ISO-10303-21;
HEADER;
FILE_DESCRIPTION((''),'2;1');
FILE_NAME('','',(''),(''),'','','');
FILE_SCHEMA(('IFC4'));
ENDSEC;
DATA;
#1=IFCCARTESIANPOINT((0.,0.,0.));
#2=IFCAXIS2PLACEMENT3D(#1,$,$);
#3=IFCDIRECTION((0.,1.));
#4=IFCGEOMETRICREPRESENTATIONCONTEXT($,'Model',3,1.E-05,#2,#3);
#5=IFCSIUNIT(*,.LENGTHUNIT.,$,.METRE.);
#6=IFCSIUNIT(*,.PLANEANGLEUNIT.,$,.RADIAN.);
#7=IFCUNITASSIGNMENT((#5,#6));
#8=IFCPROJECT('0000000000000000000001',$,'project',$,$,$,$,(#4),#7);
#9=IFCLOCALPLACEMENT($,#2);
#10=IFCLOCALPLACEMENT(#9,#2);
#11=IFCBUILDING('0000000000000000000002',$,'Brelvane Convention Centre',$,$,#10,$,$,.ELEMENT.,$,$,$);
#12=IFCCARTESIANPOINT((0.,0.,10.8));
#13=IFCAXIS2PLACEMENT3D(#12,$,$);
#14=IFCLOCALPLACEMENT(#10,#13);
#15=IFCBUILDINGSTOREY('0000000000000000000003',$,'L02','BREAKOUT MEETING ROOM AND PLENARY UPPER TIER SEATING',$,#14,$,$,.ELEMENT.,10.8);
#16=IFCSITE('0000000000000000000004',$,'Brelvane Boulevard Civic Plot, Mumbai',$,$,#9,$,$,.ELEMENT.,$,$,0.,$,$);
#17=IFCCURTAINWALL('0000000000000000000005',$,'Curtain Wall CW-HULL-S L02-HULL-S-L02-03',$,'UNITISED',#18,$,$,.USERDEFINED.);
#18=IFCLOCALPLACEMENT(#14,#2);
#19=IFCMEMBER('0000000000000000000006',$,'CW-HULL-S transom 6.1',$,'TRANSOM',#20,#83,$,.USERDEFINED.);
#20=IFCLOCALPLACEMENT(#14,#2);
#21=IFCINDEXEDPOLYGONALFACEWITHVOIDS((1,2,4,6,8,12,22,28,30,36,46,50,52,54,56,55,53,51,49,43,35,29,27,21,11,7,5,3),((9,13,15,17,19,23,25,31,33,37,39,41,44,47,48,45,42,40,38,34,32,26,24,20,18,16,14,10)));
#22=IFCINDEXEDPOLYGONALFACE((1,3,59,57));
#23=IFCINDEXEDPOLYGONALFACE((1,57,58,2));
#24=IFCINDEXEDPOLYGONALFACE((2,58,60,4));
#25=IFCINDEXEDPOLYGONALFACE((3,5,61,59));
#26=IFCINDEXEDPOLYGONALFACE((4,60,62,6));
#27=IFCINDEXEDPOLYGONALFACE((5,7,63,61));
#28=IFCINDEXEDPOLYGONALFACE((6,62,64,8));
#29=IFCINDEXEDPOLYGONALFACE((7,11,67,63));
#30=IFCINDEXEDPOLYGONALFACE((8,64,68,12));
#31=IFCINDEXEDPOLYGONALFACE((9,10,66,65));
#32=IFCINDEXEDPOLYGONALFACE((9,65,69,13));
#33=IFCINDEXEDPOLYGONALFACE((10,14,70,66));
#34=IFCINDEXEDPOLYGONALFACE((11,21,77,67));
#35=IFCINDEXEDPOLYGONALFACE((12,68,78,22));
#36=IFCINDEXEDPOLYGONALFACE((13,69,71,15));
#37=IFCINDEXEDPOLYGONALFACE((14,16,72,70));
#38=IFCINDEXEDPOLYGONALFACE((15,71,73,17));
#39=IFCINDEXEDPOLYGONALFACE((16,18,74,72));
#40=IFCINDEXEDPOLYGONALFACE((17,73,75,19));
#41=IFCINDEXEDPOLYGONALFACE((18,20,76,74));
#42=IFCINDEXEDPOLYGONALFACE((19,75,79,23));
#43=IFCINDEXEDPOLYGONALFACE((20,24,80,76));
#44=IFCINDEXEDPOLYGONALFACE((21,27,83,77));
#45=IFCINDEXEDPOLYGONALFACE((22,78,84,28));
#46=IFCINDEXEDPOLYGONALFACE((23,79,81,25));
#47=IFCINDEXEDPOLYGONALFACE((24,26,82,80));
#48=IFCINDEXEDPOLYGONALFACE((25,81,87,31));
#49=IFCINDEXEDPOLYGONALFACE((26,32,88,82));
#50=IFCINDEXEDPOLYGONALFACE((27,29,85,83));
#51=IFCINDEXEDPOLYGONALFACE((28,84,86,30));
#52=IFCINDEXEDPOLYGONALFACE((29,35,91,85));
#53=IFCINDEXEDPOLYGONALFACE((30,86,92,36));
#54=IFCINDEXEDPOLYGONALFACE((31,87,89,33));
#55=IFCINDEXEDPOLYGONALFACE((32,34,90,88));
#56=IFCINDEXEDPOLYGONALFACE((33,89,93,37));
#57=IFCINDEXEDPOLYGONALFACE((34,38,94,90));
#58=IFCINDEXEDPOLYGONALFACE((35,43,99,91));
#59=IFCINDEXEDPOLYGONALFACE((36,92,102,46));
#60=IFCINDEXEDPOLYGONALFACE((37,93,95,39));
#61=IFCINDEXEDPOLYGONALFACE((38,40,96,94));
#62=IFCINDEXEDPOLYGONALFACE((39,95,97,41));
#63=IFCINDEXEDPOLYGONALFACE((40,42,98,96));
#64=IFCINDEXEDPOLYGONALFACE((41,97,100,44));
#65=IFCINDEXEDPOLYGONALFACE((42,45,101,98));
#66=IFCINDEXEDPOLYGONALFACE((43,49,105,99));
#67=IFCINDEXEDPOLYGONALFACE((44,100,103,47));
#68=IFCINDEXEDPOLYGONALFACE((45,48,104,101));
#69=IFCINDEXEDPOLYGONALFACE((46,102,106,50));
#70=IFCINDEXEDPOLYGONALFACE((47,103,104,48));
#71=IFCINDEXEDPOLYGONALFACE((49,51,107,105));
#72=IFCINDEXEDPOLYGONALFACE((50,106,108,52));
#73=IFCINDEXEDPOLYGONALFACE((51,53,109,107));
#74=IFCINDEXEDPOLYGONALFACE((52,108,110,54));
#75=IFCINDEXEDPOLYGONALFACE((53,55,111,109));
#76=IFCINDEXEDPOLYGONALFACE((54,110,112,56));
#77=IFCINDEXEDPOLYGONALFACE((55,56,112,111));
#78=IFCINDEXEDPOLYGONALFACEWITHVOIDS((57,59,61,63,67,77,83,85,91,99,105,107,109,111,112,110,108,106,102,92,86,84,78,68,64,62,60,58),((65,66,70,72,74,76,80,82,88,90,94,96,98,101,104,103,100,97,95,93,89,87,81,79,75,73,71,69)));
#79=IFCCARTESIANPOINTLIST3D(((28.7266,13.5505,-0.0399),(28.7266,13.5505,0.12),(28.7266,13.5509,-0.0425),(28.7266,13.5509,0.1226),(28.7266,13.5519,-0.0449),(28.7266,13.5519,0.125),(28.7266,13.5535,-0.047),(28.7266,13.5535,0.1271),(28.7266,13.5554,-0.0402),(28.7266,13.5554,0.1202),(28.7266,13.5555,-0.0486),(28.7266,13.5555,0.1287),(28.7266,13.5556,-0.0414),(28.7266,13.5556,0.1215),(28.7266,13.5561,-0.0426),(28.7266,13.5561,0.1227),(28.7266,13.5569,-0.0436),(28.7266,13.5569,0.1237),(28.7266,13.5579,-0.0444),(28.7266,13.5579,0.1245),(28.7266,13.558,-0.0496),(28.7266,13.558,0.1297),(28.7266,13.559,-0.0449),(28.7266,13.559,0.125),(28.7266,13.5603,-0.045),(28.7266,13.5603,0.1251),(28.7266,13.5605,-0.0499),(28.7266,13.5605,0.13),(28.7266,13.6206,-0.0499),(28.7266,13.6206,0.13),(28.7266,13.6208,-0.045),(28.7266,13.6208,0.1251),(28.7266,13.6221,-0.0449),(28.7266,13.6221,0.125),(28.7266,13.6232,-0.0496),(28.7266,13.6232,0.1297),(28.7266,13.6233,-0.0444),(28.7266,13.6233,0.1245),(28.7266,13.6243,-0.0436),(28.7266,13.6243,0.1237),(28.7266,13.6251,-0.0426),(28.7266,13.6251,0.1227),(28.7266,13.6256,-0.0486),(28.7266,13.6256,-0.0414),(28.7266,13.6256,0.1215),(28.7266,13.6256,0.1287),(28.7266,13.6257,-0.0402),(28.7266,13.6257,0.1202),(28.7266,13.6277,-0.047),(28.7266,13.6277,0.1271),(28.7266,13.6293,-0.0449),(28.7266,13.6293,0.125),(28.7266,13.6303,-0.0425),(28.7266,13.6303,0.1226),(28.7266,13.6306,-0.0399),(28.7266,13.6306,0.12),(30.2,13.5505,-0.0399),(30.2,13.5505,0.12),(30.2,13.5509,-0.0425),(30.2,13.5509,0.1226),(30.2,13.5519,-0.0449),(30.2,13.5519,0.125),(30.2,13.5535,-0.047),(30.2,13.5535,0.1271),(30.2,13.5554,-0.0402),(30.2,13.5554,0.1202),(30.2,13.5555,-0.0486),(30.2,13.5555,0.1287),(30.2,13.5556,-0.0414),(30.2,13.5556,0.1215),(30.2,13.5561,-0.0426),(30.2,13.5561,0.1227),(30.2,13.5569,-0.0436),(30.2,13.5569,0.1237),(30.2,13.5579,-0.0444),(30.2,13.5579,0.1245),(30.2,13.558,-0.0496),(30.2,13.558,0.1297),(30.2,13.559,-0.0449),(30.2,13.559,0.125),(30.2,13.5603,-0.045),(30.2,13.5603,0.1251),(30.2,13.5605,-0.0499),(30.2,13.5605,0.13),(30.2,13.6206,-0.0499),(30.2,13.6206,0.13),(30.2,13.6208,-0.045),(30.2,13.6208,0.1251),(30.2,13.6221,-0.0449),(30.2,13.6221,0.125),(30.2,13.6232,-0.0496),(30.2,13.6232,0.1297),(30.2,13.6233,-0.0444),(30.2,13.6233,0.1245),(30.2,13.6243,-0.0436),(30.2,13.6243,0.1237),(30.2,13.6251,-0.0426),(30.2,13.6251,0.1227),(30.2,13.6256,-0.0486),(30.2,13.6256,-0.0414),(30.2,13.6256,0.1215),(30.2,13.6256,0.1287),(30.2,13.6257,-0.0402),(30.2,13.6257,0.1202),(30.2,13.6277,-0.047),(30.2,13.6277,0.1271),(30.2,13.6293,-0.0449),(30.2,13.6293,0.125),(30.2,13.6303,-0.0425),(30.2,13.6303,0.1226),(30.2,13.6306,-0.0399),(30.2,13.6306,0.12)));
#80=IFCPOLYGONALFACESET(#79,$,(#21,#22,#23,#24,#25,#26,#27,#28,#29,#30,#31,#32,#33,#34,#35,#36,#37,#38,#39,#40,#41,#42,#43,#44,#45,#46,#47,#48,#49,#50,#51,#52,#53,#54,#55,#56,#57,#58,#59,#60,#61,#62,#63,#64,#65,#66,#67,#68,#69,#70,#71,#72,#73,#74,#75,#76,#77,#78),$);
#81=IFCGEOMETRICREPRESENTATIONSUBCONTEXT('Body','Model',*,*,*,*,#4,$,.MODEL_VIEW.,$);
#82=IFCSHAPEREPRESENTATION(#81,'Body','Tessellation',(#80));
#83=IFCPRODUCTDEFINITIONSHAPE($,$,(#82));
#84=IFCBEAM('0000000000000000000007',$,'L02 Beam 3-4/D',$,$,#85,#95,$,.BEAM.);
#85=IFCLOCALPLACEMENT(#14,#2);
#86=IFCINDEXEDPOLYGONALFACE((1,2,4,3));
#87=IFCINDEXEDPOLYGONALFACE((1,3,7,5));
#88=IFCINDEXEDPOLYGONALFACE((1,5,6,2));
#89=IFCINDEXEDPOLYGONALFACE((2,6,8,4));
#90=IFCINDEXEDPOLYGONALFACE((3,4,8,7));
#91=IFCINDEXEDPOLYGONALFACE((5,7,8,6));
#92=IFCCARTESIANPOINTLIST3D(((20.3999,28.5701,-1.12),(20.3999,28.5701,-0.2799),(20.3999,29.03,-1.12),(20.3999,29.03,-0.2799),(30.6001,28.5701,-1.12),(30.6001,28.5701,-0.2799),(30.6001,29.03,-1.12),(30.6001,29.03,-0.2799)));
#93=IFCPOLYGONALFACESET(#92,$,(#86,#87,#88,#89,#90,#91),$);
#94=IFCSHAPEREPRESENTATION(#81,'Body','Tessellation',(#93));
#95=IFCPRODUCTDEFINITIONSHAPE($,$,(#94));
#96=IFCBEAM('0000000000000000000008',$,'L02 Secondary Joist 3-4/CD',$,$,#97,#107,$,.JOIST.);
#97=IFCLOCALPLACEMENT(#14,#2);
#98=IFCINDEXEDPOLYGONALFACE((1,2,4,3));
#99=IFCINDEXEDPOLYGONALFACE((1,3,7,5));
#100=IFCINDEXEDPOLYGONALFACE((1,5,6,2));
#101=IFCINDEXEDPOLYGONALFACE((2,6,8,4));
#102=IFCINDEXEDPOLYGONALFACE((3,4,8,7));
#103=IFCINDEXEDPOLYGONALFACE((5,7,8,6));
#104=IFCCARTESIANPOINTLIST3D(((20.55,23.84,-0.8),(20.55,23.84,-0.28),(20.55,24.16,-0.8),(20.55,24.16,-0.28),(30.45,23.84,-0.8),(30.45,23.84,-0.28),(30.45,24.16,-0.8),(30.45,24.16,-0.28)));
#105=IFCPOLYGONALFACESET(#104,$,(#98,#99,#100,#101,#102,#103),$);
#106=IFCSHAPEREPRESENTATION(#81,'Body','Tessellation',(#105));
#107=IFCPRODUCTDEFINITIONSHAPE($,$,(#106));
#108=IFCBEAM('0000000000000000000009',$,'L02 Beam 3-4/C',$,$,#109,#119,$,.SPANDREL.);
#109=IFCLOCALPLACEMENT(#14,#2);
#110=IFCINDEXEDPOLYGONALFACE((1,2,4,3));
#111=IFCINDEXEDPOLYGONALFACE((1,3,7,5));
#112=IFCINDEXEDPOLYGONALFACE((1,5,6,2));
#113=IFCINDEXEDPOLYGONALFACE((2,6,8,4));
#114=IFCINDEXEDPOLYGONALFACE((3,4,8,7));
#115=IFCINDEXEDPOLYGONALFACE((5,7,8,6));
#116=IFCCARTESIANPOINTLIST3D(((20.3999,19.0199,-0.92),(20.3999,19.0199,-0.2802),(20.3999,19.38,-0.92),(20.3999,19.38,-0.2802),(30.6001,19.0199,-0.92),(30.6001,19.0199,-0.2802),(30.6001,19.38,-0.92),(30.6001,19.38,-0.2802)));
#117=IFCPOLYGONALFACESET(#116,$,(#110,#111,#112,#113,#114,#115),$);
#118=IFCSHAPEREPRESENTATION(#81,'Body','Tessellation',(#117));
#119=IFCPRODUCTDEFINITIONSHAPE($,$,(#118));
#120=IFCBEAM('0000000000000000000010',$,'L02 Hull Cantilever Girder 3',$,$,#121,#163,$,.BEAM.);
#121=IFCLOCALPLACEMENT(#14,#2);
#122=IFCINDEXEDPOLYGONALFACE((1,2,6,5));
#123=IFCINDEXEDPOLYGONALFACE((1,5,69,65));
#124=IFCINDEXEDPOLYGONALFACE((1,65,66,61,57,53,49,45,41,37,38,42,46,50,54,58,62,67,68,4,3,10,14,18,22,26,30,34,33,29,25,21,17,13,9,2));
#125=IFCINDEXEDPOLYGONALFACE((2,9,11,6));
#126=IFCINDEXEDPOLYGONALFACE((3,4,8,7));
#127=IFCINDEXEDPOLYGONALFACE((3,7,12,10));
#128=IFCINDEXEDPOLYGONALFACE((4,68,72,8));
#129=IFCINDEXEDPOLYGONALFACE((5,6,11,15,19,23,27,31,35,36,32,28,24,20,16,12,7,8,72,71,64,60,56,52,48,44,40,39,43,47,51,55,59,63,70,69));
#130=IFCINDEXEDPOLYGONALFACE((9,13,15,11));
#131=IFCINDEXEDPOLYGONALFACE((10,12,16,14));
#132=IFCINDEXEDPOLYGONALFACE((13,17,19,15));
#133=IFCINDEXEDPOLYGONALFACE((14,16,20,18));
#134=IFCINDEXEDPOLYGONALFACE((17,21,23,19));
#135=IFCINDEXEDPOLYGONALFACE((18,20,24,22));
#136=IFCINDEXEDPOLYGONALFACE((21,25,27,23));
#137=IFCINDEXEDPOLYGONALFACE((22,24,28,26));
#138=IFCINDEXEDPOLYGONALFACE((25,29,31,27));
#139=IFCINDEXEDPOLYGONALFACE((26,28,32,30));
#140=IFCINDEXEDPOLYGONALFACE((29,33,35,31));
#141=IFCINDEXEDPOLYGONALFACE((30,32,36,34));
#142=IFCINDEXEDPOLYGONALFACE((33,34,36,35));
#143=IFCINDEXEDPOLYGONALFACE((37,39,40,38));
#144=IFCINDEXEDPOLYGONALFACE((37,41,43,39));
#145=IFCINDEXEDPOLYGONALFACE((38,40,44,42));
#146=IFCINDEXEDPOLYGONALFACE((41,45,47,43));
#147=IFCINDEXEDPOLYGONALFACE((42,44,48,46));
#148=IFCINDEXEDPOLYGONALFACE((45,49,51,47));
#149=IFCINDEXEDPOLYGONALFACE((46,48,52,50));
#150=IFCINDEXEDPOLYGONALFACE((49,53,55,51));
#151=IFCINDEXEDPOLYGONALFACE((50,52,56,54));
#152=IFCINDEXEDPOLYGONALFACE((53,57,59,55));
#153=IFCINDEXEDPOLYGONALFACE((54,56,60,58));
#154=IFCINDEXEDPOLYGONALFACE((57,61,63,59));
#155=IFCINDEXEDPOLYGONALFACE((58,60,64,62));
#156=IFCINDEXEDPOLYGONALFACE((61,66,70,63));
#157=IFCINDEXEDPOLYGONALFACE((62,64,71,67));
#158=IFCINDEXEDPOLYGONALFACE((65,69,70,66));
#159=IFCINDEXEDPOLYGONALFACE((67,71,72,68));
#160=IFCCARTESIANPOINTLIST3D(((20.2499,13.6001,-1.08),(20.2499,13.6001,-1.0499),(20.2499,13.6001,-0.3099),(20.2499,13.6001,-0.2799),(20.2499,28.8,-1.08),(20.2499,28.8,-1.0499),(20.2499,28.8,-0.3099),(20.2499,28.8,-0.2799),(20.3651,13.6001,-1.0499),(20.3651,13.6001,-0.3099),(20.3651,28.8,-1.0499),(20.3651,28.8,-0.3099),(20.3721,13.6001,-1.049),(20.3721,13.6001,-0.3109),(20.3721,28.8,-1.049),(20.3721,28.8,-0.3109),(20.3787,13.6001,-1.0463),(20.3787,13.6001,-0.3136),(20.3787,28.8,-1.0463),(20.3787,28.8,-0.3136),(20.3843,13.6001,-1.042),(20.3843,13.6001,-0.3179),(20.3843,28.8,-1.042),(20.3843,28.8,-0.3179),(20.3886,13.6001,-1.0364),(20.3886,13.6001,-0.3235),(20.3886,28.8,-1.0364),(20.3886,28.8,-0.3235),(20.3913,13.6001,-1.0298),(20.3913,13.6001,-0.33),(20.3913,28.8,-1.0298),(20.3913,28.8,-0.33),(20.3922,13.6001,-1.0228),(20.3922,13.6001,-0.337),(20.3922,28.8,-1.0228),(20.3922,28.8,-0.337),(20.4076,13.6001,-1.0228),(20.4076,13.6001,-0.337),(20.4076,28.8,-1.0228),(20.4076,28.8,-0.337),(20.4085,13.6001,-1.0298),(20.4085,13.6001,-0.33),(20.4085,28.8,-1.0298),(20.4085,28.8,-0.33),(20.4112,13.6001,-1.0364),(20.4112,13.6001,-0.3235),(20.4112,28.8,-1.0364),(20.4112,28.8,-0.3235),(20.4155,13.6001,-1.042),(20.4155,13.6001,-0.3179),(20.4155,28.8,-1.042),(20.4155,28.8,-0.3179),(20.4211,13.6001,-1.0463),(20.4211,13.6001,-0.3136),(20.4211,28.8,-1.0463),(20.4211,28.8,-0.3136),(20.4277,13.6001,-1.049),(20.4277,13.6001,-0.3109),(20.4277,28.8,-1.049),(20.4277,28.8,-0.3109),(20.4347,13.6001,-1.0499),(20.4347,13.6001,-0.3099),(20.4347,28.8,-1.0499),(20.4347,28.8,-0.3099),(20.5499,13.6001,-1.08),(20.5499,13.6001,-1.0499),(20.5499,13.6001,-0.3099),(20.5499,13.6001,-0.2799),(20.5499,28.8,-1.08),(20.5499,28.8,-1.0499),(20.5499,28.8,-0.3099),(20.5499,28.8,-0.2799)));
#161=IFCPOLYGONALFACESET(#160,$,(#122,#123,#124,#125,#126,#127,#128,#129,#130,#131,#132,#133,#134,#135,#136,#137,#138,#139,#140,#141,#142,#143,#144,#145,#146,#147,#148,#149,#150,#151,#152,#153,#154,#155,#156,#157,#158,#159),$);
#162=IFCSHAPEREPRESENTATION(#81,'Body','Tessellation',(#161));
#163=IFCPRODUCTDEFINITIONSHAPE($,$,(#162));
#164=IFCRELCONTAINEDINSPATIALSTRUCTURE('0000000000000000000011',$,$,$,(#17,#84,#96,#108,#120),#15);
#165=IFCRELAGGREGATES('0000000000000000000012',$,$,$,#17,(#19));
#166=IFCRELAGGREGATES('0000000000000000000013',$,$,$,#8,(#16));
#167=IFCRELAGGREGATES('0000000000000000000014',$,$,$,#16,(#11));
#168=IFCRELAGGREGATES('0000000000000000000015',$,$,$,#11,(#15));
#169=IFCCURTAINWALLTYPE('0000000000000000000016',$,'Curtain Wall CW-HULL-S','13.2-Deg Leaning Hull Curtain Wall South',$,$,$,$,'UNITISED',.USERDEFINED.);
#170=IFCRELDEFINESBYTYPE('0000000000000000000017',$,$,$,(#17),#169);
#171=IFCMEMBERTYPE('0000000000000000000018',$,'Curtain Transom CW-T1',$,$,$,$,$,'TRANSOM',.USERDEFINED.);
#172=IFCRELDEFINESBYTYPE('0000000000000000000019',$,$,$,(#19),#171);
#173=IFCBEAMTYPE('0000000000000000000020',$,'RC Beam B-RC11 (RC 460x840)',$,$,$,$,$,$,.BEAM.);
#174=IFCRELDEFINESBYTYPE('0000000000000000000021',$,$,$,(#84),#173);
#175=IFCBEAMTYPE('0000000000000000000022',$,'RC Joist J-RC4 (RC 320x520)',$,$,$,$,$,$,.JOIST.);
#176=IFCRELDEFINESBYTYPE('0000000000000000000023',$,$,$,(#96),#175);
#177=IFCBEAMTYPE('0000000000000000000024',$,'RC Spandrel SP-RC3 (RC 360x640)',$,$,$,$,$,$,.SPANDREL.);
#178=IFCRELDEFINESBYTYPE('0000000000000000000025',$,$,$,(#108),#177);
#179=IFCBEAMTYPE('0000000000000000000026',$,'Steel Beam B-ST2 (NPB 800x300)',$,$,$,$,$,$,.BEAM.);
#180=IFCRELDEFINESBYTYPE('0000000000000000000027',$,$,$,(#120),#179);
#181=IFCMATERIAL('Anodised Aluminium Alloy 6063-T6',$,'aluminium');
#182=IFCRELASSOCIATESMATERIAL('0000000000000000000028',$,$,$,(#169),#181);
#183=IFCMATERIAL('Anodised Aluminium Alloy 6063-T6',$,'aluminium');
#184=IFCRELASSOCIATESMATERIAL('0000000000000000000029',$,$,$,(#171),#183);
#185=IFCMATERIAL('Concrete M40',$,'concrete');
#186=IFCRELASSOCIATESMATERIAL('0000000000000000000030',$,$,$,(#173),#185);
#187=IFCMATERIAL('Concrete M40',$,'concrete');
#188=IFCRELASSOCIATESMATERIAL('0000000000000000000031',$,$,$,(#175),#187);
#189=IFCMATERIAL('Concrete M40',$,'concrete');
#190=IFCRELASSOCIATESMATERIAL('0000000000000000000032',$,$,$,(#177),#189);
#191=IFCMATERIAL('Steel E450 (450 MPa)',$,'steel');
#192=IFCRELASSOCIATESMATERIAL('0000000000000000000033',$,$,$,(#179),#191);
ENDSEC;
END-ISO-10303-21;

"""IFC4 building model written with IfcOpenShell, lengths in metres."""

from ifc_helpers import new_model, si_unit, direction, frame, origin, origin_2d, place, context, subcontext, project, spatial, rectangle, hollow_rectangle, i_section, extrude, material, material_profile, profile_set, type_object, element, aggregate, save


model = new_model("IFC4")

# Units and contexts
model_context = context("Model", 3, precision=1e-05, world=origin(), true_north=direction((0.0, 1.0)))
body_context = subcontext(model_context, "Body", "Model", "MODEL_VIEW")
ifc_project = project(units=[si_unit("LENGTHUNIT", "METRE"), si_unit("PLANEANGLEUNIT", "RADIAN")], contexts=[model_context])

# Site, building, storey
site_placement = place(None, origin())
site = spatial("IfcSite", under=ifc_project, at=site_placement, Name="Brelvane Boulevard Civic Plot, Mumbai", CompositionType="ELEMENT", RefElevation=0.0)
building_placement = place(site_placement, origin())
building = spatial("IfcBuilding", under=site, at=building_placement, Name="Brelvane Convention Centre", CompositionType="ELEMENT")
storey_placement = place(building_placement, frame((0.0, 0.0, 10.8)))
storey = spatial("IfcBuildingStorey", under=building, at=storey_placement, Name="L02", Description="BREAKOUT MEETING ROOM AND PLENARY UPPER TIER SEATING", CompositionType="ELEMENT", Elevation=10.8)

# Shared definitions
ifc_material_1 = material(Name="Anodised Aluminium Alloy 6063-T6", Category="aluminium")
curtain_wall_type = type_object("IfcCurtainWallType", Name="Curtain Wall CW-HULL-S", Description="13.2-Deg Leaning Hull Curtain Wall South", ElementType="UNITISED", PredefinedType="USERDEFINED", material=ifc_material_1)

# Curtain wall
curtain_wall_1_placement = place(storey_placement, origin())
curtain_wall_1 = element("IfcCurtainWall", 1, at=curtain_wall_1_placement, inside=storey, type_object=curtain_wall_type, Name="Curtain Wall CW-HULL-S L02-HULL-S-L02-03", ObjectType="UNITISED", PredefinedType="USERDEFINED")

# Member
ifc_material_2 = material(Name="Anodised Aluminium Alloy 6063-T6", Category="aluminium")
ifc_material_profile_1 = material_profile(ifc_material_2, hollow_rectangle(XDim=0.0801, YDim=0.1799, WallThickness=0.0049, InnerFilletRadius=0.0049, OuterFilletRadius=0.01, at=origin_2d()), Name="ALU-T 180x80x5.0")
ifc_profile_set_1 = profile_set([ifc_material_profile_1], Name="Anodised Aluminium Alloy 6063-T6")
member_type_1 = type_object("IfcMemberType", Name="Curtain Transom CW-T1", ElementType="TRANSOM", PredefinedType="USERDEFINED", material=ifc_profile_set_1)
member_1_placement = place(storey_placement, frame((28.7266, 13.5906, 0.04), z_axis=(1.0, 0.0, 0.0), x_axis=(0.0, 1.0, 0.0)))
member_1 = element("IfcMember", 2, at=member_1_placement, type_object=member_type_1, Name="CW-HULL-S transom 6.1", ObjectType="TRANSOM", PredefinedType="USERDEFINED", context=body_context, shape_type="SweptSolid", body=[
    extrude(hollow_rectangle(XDim=0.0801, YDim=0.1799, WallThickness=0.0049, InnerFilletRadius=0.0049, OuterFilletRadius=0.01, at=origin_2d()), origin(), (0.0, 0.0, 1.0), 1.4734),
])

# Beams
ifc_material_3 = material(Name="Concrete M40", Category="concrete")
ifc_material_profile_2 = material_profile(ifc_material_3, rectangle(XDim=0.46, YDim=0.8401, at=origin_2d()), Name="RC 460x840")
ifc_profile_set_2 = profile_set([ifc_material_profile_2], Name="Concrete M40")
beam_type_1 = type_object("IfcBeamType", Name="RC Beam B-RC11 (RC 460x840)", PredefinedType="BEAM", material=ifc_profile_set_2)
beam_1_placement = place(storey_placement, frame((20.3999, 28.8, -0.7), z_axis=(1.0, 0.0, 0.0), x_axis=(0.0, 1.0, 0.0)))
element("IfcBeam", 3, at=beam_1_placement, inside=storey, type_object=beam_type_1, Name="L02 Beam 3-4/D", PredefinedType="BEAM", context=body_context, shape_type="SweptSolid", body=[
    extrude(rectangle(XDim=0.46, YDim=0.8401, at=origin_2d()), origin(), (0.0, 0.0, 1.0), 10.2002),
])
ifc_material_4 = material(Name="Concrete M40", Category="concrete")
ifc_material_profile_3 = material_profile(ifc_material_4, rectangle(XDim=0.3201, YDim=0.52, at=origin_2d()), Name="RC 320x520")
ifc_profile_set_3 = profile_set([ifc_material_profile_3], Name="Concrete M40")
beam_type_2 = type_object("IfcBeamType", Name="RC Joist J-RC4 (RC 320x520)", PredefinedType="JOIST", material=ifc_profile_set_3)
beam_2_placement = place(storey_placement, frame((20.55, 24.0, -0.54), z_axis=(1.0, 0.0, 0.0), x_axis=(0.0, 1.0, 0.0)))
element("IfcBeam", 4, at=beam_2_placement, inside=storey, type_object=beam_type_2, Name="L02 Secondary Joist 3-4/CD", PredefinedType="JOIST", context=body_context, shape_type="SweptSolid", body=[
    extrude(rectangle(XDim=0.3201, YDim=0.52, at=origin_2d()), origin(), (0.0, 0.0, 1.0), 9.8999),
])
ifc_material_5 = material(Name="Concrete M40", Category="concrete")
ifc_material_profile_4 = material_profile(ifc_material_5, rectangle(XDim=0.3601, YDim=0.6399, at=origin_2d()), Name="RC 360x640")
ifc_profile_set_4 = profile_set([ifc_material_profile_4], Name="Concrete M40")
beam_type_3 = type_object("IfcBeamType", Name="RC Spandrel SP-RC3 (RC 360x640)", PredefinedType="SPANDREL", material=ifc_profile_set_4)
beam_3_placement = place(storey_placement, frame((20.3999, 19.2, -0.6001), z_axis=(1.0, 0.0, 0.0), x_axis=(0.0, 1.0, 0.0)))
element("IfcBeam", 5, at=beam_3_placement, inside=storey, type_object=beam_type_3, Name="L02 Beam 3-4/C", PredefinedType="SPANDREL", context=body_context, shape_type="SweptSolid", body=[
    extrude(rectangle(XDim=0.3601, YDim=0.6399, at=origin_2d()), origin(), (0.0, 0.0, 1.0), 10.2002),
])
ifc_material_6 = material(Name="Steel E450 (450 MPa)", Category="steel")
ifc_material_profile_5 = material_profile(ifc_material_6, i_section(OverallWidth=0.3, OverallDepth=0.8, WebThickness=0.0154, FlangeThickness=0.03, FilletRadius=0.0271, at=origin_2d()), Name="NPB 800x300")
ifc_profile_set_5 = profile_set([ifc_material_profile_5], Name="Steel E450 (450 MPa)")
beam_type_4 = type_object("IfcBeamType", Name="Steel Beam B-ST2 (NPB 800x300)", PredefinedType="BEAM", material=ifc_profile_set_5)
beam_4_placement = place(storey_placement, frame((20.3999, 13.6001, -0.6799), z_axis=(0.0, 1.0, 0.0), x_axis=(-1.0, 0.0, 0.0)))
element("IfcBeam", 6, at=beam_4_placement, inside=storey, type_object=beam_type_4, Name="L02 Hull Cantilever Girder 3", PredefinedType="BEAM", context=body_context, shape_type="SweptSolid", body=[
    extrude(i_section(OverallWidth=0.3, OverallDepth=0.8, WebThickness=0.0154, FlangeThickness=0.03, FilletRadius=0.0271, at=origin_2d()), origin(), (0.0, 0.0, 1.0), 15.2),
])

aggregate(curtain_wall_1, [member_1])

save(model, "model.ifc")
